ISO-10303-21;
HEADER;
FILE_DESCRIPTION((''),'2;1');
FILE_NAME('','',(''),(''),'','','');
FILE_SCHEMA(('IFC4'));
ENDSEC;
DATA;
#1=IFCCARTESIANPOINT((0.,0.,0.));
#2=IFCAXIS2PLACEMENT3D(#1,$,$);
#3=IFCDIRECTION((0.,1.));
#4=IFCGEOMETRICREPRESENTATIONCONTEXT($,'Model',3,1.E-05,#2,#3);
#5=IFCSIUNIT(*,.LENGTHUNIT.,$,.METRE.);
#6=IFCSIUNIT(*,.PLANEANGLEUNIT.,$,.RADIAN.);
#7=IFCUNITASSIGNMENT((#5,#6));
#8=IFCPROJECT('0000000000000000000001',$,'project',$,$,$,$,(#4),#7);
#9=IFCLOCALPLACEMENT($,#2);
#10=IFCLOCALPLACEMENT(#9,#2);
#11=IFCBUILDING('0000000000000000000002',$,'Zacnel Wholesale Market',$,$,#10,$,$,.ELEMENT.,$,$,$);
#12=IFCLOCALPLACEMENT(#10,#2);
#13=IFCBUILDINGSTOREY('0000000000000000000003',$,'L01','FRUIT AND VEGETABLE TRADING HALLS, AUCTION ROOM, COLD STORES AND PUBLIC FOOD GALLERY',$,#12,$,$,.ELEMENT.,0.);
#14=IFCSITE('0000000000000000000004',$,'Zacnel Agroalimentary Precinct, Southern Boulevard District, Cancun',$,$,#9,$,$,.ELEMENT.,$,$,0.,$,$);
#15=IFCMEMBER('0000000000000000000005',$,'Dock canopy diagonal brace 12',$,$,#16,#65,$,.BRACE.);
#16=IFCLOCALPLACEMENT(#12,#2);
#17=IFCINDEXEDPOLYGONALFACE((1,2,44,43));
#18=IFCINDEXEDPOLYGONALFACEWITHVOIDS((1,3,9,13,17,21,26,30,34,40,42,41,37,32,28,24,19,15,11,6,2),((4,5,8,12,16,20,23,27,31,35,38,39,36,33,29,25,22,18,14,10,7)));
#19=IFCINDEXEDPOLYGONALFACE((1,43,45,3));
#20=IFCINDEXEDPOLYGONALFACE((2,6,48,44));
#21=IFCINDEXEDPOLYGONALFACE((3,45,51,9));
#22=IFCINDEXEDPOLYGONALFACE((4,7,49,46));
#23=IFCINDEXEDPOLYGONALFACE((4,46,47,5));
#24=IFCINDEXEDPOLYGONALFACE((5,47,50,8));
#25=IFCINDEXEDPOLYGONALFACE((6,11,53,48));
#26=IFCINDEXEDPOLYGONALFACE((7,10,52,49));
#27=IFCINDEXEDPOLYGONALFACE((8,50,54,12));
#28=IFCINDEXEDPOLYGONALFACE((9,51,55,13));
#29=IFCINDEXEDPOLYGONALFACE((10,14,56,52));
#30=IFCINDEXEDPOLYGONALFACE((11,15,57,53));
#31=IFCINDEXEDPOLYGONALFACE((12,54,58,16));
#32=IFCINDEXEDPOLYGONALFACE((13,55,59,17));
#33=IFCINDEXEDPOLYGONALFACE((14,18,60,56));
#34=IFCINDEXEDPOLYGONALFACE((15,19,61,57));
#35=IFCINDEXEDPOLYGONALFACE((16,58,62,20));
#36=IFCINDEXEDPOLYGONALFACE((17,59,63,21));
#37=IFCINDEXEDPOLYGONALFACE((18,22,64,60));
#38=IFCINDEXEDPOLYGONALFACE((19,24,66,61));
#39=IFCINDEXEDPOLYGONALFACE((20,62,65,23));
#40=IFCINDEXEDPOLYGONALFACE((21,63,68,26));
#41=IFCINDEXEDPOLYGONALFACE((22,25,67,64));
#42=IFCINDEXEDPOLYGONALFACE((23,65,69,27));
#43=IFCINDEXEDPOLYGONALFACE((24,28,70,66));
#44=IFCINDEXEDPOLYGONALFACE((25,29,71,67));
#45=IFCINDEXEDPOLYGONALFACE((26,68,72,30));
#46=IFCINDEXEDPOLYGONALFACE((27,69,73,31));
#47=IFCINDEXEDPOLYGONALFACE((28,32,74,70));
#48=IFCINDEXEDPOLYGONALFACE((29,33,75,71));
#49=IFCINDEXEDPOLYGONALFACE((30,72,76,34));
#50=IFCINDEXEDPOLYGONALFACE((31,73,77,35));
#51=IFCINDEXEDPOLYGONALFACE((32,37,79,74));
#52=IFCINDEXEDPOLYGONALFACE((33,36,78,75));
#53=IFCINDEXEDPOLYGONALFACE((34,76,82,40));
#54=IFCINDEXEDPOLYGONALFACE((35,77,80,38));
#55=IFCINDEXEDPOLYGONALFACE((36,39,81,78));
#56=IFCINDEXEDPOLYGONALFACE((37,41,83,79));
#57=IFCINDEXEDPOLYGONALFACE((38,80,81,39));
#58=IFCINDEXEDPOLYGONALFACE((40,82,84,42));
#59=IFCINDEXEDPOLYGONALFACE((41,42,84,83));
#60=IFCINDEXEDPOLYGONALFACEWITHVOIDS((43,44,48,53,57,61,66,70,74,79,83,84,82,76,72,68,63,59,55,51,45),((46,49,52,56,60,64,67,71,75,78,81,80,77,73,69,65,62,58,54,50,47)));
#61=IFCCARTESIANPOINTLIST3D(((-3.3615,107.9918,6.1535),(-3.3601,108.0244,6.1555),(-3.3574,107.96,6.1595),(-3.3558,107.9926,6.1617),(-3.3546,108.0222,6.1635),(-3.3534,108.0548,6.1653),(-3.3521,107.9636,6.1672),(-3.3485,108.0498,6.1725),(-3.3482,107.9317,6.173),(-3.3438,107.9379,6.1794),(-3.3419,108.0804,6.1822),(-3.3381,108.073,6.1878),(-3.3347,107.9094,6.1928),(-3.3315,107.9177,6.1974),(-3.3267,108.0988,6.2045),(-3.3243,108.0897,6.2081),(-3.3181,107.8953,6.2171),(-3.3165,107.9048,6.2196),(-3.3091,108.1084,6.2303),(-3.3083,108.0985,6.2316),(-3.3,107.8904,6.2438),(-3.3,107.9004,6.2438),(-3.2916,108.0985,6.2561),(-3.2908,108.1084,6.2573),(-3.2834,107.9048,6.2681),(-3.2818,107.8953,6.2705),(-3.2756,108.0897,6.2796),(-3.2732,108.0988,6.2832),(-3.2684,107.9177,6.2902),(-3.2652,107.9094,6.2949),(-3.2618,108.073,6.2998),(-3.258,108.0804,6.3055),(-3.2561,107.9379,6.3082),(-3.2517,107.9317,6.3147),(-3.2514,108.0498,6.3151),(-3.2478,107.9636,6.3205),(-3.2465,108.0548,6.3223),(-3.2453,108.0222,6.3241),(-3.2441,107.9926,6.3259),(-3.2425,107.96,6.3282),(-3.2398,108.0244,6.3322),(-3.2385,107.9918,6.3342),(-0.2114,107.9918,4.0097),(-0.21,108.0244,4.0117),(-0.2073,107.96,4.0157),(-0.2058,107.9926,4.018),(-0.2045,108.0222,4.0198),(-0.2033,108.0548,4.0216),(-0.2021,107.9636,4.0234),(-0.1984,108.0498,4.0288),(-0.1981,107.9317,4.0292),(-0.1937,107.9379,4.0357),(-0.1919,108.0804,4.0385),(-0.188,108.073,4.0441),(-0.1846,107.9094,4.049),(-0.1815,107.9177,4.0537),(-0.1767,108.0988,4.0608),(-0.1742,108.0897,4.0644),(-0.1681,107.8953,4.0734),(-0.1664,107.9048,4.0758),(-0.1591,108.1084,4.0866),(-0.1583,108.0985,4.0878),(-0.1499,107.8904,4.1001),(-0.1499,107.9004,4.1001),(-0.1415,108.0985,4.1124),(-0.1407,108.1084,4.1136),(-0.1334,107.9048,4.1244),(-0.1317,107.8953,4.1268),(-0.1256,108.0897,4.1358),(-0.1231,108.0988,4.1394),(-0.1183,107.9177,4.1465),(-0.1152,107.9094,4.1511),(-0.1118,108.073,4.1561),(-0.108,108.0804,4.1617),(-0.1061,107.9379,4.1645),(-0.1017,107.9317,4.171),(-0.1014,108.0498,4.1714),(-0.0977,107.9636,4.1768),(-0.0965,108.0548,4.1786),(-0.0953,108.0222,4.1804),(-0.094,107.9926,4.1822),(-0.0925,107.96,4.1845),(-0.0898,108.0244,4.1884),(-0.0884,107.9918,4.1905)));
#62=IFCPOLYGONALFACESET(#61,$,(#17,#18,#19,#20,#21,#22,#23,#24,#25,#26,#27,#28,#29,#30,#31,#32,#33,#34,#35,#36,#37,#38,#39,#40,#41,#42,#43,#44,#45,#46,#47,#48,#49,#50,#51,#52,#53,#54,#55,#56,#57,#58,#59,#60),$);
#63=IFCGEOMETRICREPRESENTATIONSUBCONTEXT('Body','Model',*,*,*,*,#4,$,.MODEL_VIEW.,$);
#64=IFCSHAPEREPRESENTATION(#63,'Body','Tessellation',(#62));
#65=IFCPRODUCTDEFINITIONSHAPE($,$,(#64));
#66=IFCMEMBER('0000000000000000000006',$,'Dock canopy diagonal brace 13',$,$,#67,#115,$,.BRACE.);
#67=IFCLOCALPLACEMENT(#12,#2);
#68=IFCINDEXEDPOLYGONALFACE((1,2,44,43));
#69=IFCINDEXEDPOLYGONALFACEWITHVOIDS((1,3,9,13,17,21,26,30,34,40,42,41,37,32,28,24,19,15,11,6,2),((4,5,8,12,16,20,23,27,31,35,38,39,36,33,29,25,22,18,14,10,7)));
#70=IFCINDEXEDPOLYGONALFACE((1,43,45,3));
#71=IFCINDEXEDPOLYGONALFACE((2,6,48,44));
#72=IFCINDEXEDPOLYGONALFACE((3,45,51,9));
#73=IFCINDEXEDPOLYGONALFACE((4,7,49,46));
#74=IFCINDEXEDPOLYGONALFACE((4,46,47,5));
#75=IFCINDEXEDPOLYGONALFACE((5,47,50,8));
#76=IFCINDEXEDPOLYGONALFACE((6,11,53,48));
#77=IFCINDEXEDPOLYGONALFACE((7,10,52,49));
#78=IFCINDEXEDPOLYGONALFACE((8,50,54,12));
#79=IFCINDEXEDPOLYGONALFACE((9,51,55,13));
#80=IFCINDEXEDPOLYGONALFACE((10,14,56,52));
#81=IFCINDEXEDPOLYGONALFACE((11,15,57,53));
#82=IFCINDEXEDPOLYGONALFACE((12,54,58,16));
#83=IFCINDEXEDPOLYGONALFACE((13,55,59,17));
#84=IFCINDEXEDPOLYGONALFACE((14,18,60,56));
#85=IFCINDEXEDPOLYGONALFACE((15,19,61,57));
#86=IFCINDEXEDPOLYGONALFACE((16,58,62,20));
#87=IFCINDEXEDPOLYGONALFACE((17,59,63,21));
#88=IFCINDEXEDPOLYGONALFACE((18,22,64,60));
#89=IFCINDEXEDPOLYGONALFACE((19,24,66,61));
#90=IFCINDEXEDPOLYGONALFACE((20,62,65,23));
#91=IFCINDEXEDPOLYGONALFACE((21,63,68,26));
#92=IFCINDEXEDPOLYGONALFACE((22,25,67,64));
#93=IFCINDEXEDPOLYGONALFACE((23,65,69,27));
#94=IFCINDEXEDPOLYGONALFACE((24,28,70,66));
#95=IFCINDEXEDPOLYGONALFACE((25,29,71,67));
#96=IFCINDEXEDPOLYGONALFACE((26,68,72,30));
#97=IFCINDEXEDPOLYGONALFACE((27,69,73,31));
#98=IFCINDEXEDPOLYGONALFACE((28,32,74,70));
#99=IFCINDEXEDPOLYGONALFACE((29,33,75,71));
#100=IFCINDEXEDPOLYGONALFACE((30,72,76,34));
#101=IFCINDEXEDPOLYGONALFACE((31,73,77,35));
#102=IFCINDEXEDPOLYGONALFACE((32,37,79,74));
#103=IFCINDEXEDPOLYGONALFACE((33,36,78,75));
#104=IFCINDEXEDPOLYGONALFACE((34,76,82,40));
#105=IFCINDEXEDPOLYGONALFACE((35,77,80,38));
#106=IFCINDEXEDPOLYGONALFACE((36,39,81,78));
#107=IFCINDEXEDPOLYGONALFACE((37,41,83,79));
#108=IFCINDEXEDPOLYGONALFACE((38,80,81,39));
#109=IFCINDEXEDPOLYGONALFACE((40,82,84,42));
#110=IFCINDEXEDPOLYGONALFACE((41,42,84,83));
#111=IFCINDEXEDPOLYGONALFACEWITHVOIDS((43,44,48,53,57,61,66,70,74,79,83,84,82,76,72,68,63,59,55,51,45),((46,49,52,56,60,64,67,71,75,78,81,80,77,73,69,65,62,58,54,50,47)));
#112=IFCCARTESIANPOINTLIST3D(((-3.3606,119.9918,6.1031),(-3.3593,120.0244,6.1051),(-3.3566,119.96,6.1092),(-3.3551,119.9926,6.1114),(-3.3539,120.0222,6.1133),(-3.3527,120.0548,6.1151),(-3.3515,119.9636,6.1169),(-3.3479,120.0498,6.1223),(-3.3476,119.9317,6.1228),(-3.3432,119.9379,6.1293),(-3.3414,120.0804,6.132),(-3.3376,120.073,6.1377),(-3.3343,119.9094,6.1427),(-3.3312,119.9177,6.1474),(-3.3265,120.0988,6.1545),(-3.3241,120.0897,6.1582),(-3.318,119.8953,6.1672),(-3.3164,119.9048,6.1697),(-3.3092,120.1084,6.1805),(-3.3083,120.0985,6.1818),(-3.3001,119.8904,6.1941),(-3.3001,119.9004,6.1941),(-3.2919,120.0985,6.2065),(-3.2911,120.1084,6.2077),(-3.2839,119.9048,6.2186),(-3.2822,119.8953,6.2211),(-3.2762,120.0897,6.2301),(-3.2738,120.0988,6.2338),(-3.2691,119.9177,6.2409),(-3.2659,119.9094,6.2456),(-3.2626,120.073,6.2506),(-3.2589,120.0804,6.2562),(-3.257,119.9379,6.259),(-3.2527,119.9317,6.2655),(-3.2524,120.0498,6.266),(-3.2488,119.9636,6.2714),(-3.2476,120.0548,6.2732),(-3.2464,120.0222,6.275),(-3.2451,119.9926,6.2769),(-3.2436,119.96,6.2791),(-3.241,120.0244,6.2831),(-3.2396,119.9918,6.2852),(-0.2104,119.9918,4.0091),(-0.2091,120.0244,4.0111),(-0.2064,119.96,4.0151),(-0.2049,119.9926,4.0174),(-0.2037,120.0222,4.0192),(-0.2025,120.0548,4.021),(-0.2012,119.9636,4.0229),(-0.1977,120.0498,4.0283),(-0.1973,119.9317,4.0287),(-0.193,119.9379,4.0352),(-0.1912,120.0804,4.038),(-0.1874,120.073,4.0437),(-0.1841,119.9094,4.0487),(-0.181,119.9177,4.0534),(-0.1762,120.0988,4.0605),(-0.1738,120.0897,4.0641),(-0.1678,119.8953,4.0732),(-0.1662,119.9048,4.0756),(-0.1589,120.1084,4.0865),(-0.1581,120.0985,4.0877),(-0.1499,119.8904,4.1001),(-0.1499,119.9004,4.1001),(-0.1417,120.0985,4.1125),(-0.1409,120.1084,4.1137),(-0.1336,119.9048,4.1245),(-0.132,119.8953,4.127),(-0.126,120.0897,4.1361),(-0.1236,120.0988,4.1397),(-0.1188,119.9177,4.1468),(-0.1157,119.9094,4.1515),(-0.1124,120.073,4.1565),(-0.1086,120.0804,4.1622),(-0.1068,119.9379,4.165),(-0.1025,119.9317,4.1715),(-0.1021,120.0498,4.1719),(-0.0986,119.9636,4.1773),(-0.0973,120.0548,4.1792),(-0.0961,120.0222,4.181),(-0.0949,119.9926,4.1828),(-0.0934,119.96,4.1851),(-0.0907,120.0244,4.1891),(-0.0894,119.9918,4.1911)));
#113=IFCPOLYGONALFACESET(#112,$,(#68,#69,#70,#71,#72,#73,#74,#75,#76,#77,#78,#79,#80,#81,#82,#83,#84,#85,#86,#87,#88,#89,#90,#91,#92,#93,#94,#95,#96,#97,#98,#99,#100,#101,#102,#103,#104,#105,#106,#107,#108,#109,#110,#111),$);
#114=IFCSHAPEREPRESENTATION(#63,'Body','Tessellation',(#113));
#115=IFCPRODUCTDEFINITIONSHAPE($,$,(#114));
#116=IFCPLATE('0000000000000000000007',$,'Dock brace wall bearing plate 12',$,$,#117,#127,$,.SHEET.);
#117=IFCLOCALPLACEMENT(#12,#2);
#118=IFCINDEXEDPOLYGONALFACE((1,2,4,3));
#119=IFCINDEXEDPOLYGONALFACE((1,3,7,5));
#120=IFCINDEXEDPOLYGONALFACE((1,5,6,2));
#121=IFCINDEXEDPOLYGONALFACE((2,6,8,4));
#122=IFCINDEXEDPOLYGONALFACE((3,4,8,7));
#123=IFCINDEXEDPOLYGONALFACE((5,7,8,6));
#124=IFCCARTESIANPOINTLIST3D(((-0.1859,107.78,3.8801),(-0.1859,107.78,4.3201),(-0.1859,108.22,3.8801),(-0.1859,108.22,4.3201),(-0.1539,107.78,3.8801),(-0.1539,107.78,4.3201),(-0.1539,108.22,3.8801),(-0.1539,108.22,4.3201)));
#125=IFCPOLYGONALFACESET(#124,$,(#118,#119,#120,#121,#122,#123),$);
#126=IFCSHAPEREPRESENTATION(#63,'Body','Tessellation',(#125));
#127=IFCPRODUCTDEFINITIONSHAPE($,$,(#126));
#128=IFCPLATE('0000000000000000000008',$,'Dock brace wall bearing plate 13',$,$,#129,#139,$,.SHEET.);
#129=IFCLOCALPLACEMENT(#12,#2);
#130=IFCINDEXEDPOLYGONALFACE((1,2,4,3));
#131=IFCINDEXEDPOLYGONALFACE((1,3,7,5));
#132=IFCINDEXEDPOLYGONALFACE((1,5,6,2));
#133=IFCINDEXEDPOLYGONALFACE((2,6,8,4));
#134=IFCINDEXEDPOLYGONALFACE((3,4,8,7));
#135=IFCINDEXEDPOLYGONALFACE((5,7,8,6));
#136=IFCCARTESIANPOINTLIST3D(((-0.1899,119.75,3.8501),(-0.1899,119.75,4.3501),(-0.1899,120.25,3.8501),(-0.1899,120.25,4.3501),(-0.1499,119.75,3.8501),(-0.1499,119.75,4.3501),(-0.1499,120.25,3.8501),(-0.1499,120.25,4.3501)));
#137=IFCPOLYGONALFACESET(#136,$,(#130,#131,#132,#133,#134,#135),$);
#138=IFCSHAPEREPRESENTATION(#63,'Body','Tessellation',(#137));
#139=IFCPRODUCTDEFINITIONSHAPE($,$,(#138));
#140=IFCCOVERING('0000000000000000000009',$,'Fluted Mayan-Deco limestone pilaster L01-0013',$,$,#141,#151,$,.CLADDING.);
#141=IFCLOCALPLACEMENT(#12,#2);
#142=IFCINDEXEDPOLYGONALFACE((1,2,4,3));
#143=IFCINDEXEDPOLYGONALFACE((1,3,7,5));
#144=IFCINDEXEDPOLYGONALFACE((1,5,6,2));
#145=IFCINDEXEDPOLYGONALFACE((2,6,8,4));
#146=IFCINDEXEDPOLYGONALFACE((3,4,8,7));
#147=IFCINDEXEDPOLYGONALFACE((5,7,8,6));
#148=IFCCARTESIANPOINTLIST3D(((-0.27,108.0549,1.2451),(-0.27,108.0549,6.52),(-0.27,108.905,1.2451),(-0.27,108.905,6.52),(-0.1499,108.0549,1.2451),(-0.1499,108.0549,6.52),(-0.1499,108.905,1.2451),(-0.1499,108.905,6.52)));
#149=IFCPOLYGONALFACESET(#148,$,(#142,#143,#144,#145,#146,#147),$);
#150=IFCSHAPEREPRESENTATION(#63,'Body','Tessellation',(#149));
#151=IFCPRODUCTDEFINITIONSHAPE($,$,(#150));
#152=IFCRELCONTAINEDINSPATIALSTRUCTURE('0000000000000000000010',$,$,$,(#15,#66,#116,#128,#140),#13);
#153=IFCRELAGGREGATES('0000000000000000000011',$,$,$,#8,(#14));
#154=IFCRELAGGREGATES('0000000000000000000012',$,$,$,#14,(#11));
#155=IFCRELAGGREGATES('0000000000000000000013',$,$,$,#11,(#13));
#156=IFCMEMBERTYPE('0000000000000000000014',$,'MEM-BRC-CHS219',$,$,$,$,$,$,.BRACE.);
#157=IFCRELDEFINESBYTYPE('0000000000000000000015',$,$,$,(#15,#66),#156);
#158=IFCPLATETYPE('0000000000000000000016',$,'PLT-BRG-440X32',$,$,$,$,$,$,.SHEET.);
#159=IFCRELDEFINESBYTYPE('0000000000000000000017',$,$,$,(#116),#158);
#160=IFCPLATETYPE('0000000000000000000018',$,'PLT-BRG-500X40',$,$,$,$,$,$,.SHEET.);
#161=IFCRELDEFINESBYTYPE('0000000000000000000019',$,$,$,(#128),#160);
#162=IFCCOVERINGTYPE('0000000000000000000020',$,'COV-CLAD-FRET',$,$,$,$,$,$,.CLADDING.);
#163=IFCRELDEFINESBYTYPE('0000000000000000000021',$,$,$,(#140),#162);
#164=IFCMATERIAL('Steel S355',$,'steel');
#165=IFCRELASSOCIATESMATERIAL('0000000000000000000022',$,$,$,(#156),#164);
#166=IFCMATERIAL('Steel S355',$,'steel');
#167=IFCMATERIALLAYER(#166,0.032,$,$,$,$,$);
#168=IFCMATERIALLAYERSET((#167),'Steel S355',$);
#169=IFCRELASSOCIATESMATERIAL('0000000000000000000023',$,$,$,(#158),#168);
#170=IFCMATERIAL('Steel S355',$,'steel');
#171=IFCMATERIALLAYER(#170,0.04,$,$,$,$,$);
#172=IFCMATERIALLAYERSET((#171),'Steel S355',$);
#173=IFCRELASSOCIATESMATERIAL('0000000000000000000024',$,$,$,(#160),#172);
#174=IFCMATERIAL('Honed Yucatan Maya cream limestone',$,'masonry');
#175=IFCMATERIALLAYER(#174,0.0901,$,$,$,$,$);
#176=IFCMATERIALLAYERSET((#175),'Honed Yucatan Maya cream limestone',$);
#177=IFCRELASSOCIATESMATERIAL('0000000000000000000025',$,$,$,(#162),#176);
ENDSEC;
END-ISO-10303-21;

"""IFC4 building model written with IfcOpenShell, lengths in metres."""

from ifc_helpers import new_model, si_unit, direction, frame, origin, origin_2d, place, context, subcontext, project, spatial, rectangle, hollow_circle, extrude, material, layer, layer_set, material_profile, profile_set, type_object, element, save


model = new_model("IFC4")

# Units and contexts
model_context = context("Model", 3, precision=1e-05, world=origin(), true_north=direction((0.0, 1.0)))
body_context = subcontext(model_context, "Body", "Model", "MODEL_VIEW")
ifc_project = project(units=[si_unit("LENGTHUNIT", "METRE"), si_unit("PLANEANGLEUNIT", "RADIAN")], contexts=[model_context])

# Site, building, storey
site_placement = place(None, origin())
site = spatial("IfcSite", under=ifc_project, at=site_placement, Name="Zacnel Agroalimentary Precinct, Southern Boulevard District, Cancun", CompositionType="ELEMENT", RefElevation=0.0)
building_placement = place(site_placement, origin())
building = spatial("IfcBuilding", under=site, at=building_placement, Name="Zacnel Wholesale Market", CompositionType="ELEMENT")
storey_placement = place(building_placement, origin())
storey = spatial("IfcBuildingStorey", under=building, at=storey_placement, Name="L01", Description="FRUIT AND VEGETABLE TRADING HALLS, AUCTION ROOM, COLD STORES AND PUBLIC FOOD GALLERY", CompositionType="ELEMENT", Elevation=0.0)

# Members
ifc_material_1 = material(Name="Steel S355", Category="steel")
ifc_material_profile_1 = material_profile(ifc_material_1, hollow_circle(Radius=0.1096, WallThickness=0.01, at=origin_2d()), Name="CHS 219.1x10")
ifc_profile_set_1 = profile_set([ifc_material_profile_1], Name="Steel S355")
member_type = type_object("IfcMemberType", Name="MEM-BRC-CHS219", PredefinedType="BRACE", material=ifc_profile_set_1)
member_1_placement = place(storey_placement, frame((-0.1499, 108.0, 4.1001), z_axis=(-0.826719, 0.0, 0.562615), x_axis=(0.0, -1.0, 0.0)))
element("IfcMember", 1, at=member_1_placement, inside=storey, type_object=member_type, Name="Dock canopy diagonal brace 12", PredefinedType="BRACE", context=body_context, shape_type="SweptSolid", body=[
    extrude(hollow_circle(Radius=0.1096, WallThickness=0.01, at=origin_2d()), origin(), (0.0, 0.0, 1.0), 3.8103),
])
member_2_placement = place(storey_placement, frame((-0.1499, 120.0, 4.1001), z_axis=(-0.832794, 0.0, 0.553583), x_axis=(0.0, -1.0, 0.0)))
element("IfcMember", 2, at=member_2_placement, inside=storey, type_object=member_type, Name="Dock canopy diagonal brace 13", PredefinedType="BRACE", context=body_context, shape_type="SweptSolid", body=[
    extrude(hollow_circle(Radius=0.1096, WallThickness=0.01, at=origin_2d()), origin(), (0.0, 0.0, 1.0), 3.7827),
])

# Plates
ifc_material_2 = material(Name="Steel S355", Category="steel")
ifc_layer_1 = layer(ifc_material_2, 0.032)
ifc_layer_set_1 = layer_set([ifc_layer_1], Name="Steel S355")
plate_type_1 = type_object("IfcPlateType", Name="PLT-BRG-440X32", PredefinedType="SHEET", material=ifc_layer_set_1)
plate_1_placement = place(storey_placement, frame((-0.1699, 108.0, 3.8801), z_axis=(0.0, 0.0, 1.0), x_axis=(1.0, 0.0, 0.0)))
element("IfcPlate", 3, at=plate_1_placement, inside=storey, type_object=plate_type_1, Name="Dock brace wall bearing plate 12", PredefinedType="SHEET", context=body_context, shape_type="SweptSolid", body=[
    extrude(rectangle(XDim=0.032, YDim=0.4399, at=origin_2d()), origin(), (0.0, 0.0, 1.0), 0.4399),
])
ifc_material_3 = material(Name="Steel S355", Category="steel")
ifc_layer_2 = layer(ifc_material_3, 0.04)
ifc_layer_set_2 = layer_set([ifc_layer_2], Name="Steel S355")
plate_type_2 = type_object("IfcPlateType", Name="PLT-BRG-500X40", PredefinedType="SHEET", material=ifc_layer_set_2)
plate_2_placement = place(storey_placement, frame((-0.1699, 120.0, 3.8501), z_axis=(0.0, 0.0, 1.0), x_axis=(1.0, 0.0, 0.0)))
element("IfcPlate", 4, at=plate_2_placement, inside=storey, type_object=plate_type_2, Name="Dock brace wall bearing plate 13", PredefinedType="SHEET", context=body_context, shape_type="SweptSolid", body=[
    extrude(rectangle(XDim=0.04, YDim=0.5, at=origin_2d()), origin(), (0.0, 0.0, 1.0), 0.5),
])

# Covering
ifc_material_4 = material(Name="Honed Yucatan Maya cream limestone", Category="masonry")
ifc_layer_3 = layer(ifc_material_4, 0.0901)
ifc_layer_set_3 = layer_set([ifc_layer_3], Name="Honed Yucatan Maya cream limestone")
covering_type = type_object("IfcCoveringType", Name="COV-CLAD-FRET", PredefinedType="CLADDING", material=ifc_layer_set_3)
covering_placement = place(storey_placement, frame((-0.21, 108.48, 1.2451), z_axis=(0.0, 0.0, 1.0), x_axis=(0.0, 1.0, 0.0)))
element("IfcCovering", 5, at=covering_placement, inside=storey, type_object=covering_type, Name="Fluted Mayan-Deco limestone pilaster L01-0013", PredefinedType="CLADDING", context=body_context, shape_type="SweptSolid", body=[
    extrude(rectangle(XDim=0.8501, YDim=0.1201, at=origin_2d()), origin(), (0.0, 0.0, 1.0), 5.2749),
])

save(model, "model.ifc")
